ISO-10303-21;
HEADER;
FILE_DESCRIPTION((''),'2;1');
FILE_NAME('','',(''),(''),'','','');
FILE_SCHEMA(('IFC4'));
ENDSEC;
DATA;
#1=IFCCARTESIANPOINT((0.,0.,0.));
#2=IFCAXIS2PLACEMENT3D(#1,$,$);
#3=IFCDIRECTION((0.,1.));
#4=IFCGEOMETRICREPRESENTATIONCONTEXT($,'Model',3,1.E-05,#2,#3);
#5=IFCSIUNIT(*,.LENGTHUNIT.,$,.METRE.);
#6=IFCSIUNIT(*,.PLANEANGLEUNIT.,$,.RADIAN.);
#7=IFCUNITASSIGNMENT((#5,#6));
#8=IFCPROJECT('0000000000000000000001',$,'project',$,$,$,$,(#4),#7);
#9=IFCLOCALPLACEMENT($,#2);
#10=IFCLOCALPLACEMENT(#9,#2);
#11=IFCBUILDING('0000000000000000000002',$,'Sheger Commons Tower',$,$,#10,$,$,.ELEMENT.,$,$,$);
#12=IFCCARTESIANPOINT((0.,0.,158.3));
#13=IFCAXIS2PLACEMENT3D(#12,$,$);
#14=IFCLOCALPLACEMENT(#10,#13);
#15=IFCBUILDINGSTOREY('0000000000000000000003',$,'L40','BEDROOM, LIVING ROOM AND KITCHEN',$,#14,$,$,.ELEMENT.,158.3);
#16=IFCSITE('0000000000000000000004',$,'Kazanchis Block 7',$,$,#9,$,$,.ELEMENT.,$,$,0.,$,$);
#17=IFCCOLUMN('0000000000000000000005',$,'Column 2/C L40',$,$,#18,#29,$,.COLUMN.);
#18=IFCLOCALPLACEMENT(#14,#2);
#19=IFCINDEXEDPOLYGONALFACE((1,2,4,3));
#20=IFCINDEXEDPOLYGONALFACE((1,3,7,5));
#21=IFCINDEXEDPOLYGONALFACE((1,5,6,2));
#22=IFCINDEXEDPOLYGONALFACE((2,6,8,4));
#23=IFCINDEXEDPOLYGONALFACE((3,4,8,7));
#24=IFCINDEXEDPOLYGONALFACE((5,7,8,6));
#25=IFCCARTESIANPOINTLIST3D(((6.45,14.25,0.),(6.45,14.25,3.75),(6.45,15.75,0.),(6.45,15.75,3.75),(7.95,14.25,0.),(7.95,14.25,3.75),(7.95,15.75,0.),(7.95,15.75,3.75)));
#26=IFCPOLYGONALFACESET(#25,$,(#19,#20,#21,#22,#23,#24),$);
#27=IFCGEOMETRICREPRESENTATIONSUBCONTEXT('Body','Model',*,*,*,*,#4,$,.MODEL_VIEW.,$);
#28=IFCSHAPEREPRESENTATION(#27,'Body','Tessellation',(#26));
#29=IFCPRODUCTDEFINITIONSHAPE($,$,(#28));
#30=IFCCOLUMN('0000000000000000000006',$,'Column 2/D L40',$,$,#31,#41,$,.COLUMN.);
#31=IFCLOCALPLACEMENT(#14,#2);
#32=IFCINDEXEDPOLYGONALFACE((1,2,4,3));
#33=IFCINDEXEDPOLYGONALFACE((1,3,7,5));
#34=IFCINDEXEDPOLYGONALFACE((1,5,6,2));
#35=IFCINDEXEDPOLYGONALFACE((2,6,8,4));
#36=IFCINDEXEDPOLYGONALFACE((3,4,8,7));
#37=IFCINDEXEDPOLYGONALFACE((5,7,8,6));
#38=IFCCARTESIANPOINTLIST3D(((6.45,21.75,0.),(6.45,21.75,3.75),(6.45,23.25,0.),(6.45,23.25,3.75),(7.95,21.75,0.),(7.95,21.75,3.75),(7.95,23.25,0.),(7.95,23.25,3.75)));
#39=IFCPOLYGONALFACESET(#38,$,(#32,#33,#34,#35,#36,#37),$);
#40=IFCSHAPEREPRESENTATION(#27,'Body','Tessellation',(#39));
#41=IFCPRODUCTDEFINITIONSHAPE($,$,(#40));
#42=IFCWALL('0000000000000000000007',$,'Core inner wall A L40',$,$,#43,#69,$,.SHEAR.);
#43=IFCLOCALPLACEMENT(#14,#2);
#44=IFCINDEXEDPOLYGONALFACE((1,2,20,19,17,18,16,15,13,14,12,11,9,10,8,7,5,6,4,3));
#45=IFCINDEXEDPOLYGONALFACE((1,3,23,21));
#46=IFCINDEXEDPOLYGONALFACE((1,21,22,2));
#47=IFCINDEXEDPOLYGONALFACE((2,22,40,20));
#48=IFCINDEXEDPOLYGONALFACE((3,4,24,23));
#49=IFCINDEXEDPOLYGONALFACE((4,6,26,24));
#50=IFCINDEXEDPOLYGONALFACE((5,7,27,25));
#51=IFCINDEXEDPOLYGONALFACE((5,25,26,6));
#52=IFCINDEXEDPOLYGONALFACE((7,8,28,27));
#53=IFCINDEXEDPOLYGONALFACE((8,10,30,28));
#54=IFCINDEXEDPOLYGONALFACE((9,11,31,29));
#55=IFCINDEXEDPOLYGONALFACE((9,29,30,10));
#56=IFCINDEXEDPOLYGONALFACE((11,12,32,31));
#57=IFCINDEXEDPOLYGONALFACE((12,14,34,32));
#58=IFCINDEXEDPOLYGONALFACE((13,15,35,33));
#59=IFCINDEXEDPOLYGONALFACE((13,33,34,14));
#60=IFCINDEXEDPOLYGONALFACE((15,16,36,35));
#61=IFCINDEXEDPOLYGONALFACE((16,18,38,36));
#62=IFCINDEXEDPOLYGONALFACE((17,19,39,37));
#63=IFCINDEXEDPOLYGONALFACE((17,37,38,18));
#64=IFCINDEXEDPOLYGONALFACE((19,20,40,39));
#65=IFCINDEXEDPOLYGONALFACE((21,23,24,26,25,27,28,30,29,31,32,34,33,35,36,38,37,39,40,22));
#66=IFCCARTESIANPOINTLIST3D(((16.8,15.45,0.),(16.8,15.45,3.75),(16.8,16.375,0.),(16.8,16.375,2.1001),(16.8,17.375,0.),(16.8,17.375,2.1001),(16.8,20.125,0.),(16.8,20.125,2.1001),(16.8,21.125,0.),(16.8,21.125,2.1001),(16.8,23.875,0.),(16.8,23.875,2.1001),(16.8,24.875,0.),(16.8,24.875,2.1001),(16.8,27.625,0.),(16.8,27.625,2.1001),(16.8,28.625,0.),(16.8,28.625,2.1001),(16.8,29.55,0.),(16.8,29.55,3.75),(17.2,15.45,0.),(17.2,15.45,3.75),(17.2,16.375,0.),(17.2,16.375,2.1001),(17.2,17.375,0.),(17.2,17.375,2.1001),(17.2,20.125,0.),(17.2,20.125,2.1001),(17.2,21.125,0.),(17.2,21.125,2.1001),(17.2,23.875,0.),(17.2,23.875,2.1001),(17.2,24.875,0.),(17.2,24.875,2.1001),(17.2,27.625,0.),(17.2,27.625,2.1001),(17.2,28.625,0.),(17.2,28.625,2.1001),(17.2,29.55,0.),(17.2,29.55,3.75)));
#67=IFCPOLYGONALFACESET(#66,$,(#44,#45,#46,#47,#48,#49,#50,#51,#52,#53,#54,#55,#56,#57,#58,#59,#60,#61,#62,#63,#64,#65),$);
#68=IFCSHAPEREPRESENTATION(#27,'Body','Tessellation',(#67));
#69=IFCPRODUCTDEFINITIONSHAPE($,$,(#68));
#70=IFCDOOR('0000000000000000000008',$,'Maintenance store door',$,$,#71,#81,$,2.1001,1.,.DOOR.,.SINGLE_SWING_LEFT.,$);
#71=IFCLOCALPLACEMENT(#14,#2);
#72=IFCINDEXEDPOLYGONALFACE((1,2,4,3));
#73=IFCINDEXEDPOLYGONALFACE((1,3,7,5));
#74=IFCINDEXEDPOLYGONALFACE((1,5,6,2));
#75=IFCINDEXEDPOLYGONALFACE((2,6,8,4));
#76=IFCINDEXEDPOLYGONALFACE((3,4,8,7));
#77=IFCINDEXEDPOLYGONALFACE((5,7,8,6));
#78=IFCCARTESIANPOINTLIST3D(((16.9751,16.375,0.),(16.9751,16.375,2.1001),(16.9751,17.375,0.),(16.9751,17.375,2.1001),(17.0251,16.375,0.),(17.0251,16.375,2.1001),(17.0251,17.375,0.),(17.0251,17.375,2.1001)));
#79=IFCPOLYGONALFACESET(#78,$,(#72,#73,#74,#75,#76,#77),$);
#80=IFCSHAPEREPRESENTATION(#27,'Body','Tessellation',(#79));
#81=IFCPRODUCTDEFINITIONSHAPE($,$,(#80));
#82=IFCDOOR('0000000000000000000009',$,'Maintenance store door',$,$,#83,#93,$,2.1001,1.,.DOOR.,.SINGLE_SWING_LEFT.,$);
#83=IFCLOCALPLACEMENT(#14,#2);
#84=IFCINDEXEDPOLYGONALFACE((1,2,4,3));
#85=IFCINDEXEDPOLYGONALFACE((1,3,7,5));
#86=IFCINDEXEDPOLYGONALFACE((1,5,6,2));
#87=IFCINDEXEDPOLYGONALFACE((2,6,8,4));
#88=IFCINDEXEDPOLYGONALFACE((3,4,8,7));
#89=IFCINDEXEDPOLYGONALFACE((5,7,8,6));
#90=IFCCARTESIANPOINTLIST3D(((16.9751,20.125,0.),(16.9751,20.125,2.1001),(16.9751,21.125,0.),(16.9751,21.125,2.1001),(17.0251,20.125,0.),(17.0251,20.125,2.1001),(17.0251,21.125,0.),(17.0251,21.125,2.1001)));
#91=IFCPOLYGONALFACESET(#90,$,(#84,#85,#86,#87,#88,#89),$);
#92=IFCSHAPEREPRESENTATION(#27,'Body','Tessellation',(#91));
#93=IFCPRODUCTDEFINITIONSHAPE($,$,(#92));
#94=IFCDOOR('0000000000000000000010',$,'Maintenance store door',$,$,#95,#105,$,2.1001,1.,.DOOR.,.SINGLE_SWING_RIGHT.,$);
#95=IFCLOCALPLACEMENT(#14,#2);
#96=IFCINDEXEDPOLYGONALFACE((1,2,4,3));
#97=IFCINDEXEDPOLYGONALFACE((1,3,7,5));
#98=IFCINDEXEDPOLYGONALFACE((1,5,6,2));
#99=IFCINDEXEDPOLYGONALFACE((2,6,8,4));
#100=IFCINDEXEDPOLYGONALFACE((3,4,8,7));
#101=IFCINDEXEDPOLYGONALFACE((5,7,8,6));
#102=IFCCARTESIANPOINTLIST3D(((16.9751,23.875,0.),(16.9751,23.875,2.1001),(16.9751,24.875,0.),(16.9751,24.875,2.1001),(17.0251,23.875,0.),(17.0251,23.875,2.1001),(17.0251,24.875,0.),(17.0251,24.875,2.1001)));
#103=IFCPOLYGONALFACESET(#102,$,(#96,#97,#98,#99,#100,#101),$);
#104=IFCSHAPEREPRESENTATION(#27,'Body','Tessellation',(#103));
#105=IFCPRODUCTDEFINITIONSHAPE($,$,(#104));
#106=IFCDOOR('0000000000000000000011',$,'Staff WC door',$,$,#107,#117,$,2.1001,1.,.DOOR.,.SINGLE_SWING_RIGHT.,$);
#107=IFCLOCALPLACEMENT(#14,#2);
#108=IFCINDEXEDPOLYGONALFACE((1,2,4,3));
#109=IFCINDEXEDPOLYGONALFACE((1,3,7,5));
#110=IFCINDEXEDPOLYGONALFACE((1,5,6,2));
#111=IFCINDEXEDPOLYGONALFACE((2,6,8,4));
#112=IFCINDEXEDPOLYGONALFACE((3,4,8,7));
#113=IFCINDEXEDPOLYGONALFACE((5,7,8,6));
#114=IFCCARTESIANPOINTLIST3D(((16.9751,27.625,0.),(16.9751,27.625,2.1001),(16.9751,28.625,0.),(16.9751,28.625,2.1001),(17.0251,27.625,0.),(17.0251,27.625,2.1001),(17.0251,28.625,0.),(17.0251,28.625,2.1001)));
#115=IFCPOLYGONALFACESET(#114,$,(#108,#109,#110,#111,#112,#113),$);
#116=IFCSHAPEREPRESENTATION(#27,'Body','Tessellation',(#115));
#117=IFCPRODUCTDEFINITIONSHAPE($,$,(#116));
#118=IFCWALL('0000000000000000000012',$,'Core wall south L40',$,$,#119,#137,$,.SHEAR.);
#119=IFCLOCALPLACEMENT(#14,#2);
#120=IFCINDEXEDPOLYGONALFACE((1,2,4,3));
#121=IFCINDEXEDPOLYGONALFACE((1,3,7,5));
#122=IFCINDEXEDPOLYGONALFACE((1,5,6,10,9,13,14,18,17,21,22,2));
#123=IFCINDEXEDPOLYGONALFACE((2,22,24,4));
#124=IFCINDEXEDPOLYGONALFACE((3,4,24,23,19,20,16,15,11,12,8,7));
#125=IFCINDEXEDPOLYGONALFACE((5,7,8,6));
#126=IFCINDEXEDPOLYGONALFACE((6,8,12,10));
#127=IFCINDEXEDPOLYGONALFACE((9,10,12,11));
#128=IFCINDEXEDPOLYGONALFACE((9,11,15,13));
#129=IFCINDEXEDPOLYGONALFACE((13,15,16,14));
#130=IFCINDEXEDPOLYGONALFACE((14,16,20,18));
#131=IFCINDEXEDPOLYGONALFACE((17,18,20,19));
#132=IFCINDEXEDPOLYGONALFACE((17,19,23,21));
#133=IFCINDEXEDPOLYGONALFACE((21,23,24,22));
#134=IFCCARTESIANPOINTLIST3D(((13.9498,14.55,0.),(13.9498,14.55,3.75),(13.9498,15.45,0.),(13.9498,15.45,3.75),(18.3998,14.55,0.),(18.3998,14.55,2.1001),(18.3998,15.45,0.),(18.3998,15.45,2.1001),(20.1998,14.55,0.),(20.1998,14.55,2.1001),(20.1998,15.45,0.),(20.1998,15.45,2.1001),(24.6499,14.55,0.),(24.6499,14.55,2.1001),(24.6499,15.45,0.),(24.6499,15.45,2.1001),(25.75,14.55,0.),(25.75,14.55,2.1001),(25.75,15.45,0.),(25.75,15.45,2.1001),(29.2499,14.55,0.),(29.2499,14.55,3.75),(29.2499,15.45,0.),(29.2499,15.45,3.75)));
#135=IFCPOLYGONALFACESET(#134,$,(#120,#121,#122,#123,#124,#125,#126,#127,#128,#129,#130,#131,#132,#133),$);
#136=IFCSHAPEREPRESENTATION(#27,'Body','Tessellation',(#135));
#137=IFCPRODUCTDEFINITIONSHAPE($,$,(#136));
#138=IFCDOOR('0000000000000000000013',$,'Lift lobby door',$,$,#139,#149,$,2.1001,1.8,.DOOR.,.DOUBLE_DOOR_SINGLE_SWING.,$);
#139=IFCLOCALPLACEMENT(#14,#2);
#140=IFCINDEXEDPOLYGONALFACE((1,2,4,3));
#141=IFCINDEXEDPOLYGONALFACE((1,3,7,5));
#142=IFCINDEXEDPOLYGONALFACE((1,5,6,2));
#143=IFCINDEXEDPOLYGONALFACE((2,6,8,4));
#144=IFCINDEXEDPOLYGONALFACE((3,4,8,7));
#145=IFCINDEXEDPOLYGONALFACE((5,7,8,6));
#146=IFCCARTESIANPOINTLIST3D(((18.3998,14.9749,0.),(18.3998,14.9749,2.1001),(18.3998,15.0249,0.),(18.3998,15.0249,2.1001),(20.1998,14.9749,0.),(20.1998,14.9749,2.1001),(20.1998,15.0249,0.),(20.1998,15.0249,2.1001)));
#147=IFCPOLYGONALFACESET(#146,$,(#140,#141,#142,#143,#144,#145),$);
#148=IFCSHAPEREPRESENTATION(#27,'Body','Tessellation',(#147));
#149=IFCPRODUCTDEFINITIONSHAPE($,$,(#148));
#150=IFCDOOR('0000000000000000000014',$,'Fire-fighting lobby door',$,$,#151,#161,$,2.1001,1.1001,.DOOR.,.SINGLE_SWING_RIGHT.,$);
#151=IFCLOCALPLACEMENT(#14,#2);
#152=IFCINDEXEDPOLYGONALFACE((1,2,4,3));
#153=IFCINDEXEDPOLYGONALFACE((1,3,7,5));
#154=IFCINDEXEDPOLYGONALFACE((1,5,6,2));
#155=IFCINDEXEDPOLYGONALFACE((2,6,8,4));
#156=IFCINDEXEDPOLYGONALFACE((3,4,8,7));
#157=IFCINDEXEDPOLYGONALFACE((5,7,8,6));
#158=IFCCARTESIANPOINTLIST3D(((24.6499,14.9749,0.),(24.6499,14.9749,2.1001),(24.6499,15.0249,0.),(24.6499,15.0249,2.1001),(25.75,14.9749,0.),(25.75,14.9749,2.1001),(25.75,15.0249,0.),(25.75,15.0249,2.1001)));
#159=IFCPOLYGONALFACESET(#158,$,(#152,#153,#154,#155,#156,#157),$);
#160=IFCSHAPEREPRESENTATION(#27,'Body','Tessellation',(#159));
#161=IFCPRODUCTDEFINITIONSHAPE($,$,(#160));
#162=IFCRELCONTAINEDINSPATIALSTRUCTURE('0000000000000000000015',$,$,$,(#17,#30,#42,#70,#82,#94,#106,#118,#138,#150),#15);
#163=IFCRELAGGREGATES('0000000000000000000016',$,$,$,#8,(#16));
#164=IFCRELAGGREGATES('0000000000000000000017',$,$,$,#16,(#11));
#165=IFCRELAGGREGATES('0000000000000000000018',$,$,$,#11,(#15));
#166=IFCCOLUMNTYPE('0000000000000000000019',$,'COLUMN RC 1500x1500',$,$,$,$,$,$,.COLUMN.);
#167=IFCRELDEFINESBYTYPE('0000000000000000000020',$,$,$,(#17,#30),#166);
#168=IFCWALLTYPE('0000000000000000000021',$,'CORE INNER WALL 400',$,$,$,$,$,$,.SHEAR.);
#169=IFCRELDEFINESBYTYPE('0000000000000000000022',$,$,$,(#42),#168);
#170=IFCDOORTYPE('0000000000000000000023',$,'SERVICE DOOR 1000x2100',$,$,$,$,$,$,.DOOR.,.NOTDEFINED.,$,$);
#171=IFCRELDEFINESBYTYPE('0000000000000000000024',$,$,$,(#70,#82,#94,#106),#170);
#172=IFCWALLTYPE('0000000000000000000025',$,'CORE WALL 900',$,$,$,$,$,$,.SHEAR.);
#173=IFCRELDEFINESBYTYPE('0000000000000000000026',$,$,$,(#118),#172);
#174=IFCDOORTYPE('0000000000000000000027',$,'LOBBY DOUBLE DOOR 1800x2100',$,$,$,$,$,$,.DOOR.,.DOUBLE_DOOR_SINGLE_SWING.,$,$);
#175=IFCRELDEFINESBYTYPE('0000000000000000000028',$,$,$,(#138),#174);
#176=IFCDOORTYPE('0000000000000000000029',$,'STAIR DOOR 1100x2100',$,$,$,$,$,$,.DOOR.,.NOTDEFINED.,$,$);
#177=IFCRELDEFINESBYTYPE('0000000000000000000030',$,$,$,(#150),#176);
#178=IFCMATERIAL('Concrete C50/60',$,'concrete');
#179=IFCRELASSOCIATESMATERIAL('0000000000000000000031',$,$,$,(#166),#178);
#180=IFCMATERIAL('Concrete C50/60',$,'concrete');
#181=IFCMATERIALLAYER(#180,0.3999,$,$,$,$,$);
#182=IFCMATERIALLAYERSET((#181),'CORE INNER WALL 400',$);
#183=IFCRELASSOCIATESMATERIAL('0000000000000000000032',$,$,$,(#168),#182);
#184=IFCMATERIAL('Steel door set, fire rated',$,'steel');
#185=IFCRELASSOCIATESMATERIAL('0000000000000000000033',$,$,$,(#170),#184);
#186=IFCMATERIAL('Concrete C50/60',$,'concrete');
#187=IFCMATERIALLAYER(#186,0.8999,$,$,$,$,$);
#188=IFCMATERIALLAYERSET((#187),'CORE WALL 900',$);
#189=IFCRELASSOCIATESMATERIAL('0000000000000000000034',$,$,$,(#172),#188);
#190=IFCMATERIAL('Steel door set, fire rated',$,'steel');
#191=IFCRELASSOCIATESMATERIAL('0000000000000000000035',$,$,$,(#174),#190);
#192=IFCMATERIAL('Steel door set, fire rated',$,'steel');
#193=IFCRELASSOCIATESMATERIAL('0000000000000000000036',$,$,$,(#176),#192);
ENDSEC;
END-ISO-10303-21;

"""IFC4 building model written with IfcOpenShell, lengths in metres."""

from ifc_helpers import new_model, si_unit, direction, frame, frame_2d, origin, origin_2d, place, context, subcontext, project, spatial, rectangle, extrude, material, layer, layer_set, material_profile, profile_set, type_object, element, fill, save


model = new_model("IFC4")

# Units and contexts
model_context = context("Model", 3, precision=1e-05, world=origin(), true_north=direction((0.0, 1.0)))
body_context = subcontext(model_context, "Body", "Model", "MODEL_VIEW")
ifc_project = project(units=[si_unit("LENGTHUNIT", "METRE"), si_unit("PLANEANGLEUNIT", "RADIAN")], contexts=[model_context])

# Site, building, storey
site_placement = place(None, origin())
site = spatial("IfcSite", under=ifc_project, at=site_placement, Name="Kazanchis Block 7", CompositionType="ELEMENT", RefElevation=0.0)
building_placement = place(site_placement, origin())
building = spatial("IfcBuilding", under=site, at=building_placement, Name="Sheger Commons Tower", CompositionType="ELEMENT")
storey_placement = place(building_placement, frame((0.0, 0.0, 158.3)))
storey = spatial("IfcBuildingStorey", under=building, at=storey_placement, Name="L40", Description="BEDROOM, LIVING ROOM AND KITCHEN", CompositionType="ELEMENT", Elevation=158.3)

# Columns
ifc_material_1 = material(Name="Concrete C50/60", Category="concrete")
ifc_material_profile = material_profile(ifc_material_1, rectangle(XDim=1.5, YDim=1.5, at=origin_2d()), Name="RC 1500x1500")
ifc_profile_set = profile_set([ifc_material_profile], Name="Concrete C50/60")
column_type = type_object("IfcColumnType", Name="COLUMN RC 1500x1500", PredefinedType="COLUMN", material=ifc_profile_set)
for number, where, z_axis, x_axis, name in (
    (1, (7.2, 15.0, 0.0), (0.0, 0.0, 1.0), (1.0, 0.0, 0.0), "Column 2/C L40"),
    (2, (7.2, 22.5, 0.0), (0.0, 0.0, 1.0), (1.0, 0.0, 0.0), "Column 2/D L40"),
):
    element("IfcColumn", number, at=place(storey_placement, frame(where, z_axis=z_axis, x_axis=x_axis)), inside=storey, type_object=column_type, Name=name, PredefinedType="COLUMN", context=body_context, shape_type="SweptSolid", body=[
        extrude(rectangle(XDim=1.5, YDim=1.5, at=origin_2d()), origin(), (0.0, 0.0, 1.0), 3.75),
    ])

# Walls, openings, doors
ifc_material_2 = material(Name="Concrete C50/60", Category="concrete")
ifc_layer_1 = layer(ifc_material_2, 0.3999)
ifc_layer_set_1 = layer_set([ifc_layer_1], Name="CORE INNER WALL 400")
wall_type_1 = type_object("IfcWallType", Name="CORE INNER WALL 400", PredefinedType="SHEAR", material=ifc_layer_set_1)
wall_1_placement = place(storey_placement, frame((17.0, 15.45, 0.0), z_axis=(0.0, 0.0, 1.0), x_axis=(0.0, 1.0, 0.0)))
wall_1 = element("IfcWall", 3, at=wall_1_placement, inside=storey, type_object=wall_type_1, Name="Core inner wall A L40", PredefinedType="SHEAR", context=body_context, shape_type="SweptSolid", body=[
    extrude(rectangle(XDim=14.1001, YDim=0.3999, at=frame_2d((7.05, 0.0))), origin(), (0.0, 0.0, 1.0), 3.75),
])
opening_1_placement = place(wall_1_placement, frame((0.925, 0.0, 0.0)))
opening_1 = element("IfcOpeningElement", 4, at=opening_1_placement, cuts=wall_1, PredefinedType="OPENING", context=body_context, shape_type="SweptSolid", body=[
    extrude(rectangle(XDim=1.0, YDim=2.1001, at=frame_2d((0.5, 1.05))), frame((0.0, 0.21, 0.0), z_axis=(0.0, -1.0, 0.0), x_axis=(1.0, 0.0, 0.0)), (0.0, 0.0, 1.0), 0.4199),
])
opening_2_placement = place(wall_1_placement, frame((4.675, 0.0, 0.0)))
opening_2 = element("IfcOpeningElement", 5, at=opening_2_placement, cuts=wall_1, PredefinedType="OPENING", context=body_context, shape_type="SweptSolid", body=[
    extrude(rectangle(XDim=1.0, YDim=2.1001, at=frame_2d((0.5, 1.05))), frame((0.0, 0.21, 0.0), z_axis=(0.0, -1.0, 0.0), x_axis=(1.0, 0.0, 0.0)), (0.0, 0.0, 1.0), 0.4199),
])
opening_3_placement = place(wall_1_placement, frame((8.425, 0.0, 0.0)))
opening_3 = element("IfcOpeningElement", 6, at=opening_3_placement, cuts=wall_1, PredefinedType="OPENING", context=body_context, shape_type="SweptSolid", body=[
    extrude(rectangle(XDim=1.0, YDim=2.1001, at=frame_2d((0.5, 1.05))), frame((0.0, 0.21, 0.0), z_axis=(0.0, -1.0, 0.0), x_axis=(1.0, 0.0, 0.0)), (0.0, 0.0, 1.0), 0.4199),
])
opening_4_placement = place(wall_1_placement, frame((12.175, 0.0, 0.0)))
opening_4 = element("IfcOpeningElement", 7, at=opening_4_placement, cuts=wall_1, PredefinedType="OPENING", context=body_context, shape_type="SweptSolid", body=[
    extrude(rectangle(XDim=1.0, YDim=2.1001, at=frame_2d((0.5, 1.05))), frame((0.0, 0.21, 0.0), z_axis=(0.0, -1.0, 0.0), x_axis=(1.0, 0.0, 0.0)), (0.0, 0.0, 1.0), 0.4199),
])
ifc_material_3 = material(Name="Steel door set, fire rated", Category="steel")
door_type_1 = type_object("IfcDoorType", Name="SERVICE DOOR 1000x2100", OperationType="NOTDEFINED", PredefinedType="DOOR", material=ifc_material_3)
door_1_placement = place(opening_1_placement, origin())
door_1 = element("IfcDoor", 8, at=door_1_placement, inside=storey, type_object=door_type_1, Name="Maintenance store door", OperationType="SINGLE_SWING_LEFT", OverallHeight=2.1001, OverallWidth=1.0, PredefinedType="DOOR", context=body_context, shape_type="SweptSolid", body=[
    extrude(rectangle(XDim=1.0, YDim=2.1001, at=frame_2d((0.5, 1.05))), frame((0.0, 0.0249, 0.0), z_axis=(0.0, -1.0, 0.0), x_axis=(1.0, 0.0, 0.0)), (0.0, 0.0, 1.0), 0.05),
])
fill(opening_1, door_1)
door_2_placement = place(opening_2_placement, origin())
door_2 = element("IfcDoor", 9, at=door_2_placement, inside=storey, type_object=door_type_1, Name="Maintenance store door", OperationType="SINGLE_SWING_LEFT", OverallHeight=2.1001, OverallWidth=1.0, PredefinedType="DOOR", context=body_context, shape_type="SweptSolid", body=[
    extrude(rectangle(XDim=1.0, YDim=2.1001, at=frame_2d((0.5, 1.05))), frame((0.0, 0.0249, 0.0), z_axis=(0.0, -1.0, 0.0), x_axis=(1.0, 0.0, 0.0)), (0.0, 0.0, 1.0), 0.05),
])
fill(opening_2, door_2)
door_3_placement = place(opening_3_placement, origin())
door_3 = element("IfcDoor", 10, at=door_3_placement, inside=storey, type_object=door_type_1, Name="Maintenance store door", OperationType="SINGLE_SWING_RIGHT", OverallHeight=2.1001, OverallWidth=1.0, PredefinedType="DOOR", context=body_context, shape_type="SweptSolid", body=[
    extrude(rectangle(XDim=1.0, YDim=2.1001, at=frame_2d((0.5, 1.05))), frame((0.0, 0.0249, 0.0), z_axis=(0.0, -1.0, 0.0), x_axis=(1.0, 0.0, 0.0)), (0.0, 0.0, 1.0), 0.05),
])
fill(opening_3, door_3)
door_4_placement = place(opening_4_placement, origin())
door_4 = element("IfcDoor", 11, at=door_4_placement, inside=storey, type_object=door_type_1, Name="Staff WC door", OperationType="SINGLE_SWING_RIGHT", OverallHeight=2.1001, OverallWidth=1.0, PredefinedType="DOOR", context=body_context, shape_type="SweptSolid", body=[
    extrude(rectangle(XDim=1.0, YDim=2.1001, at=frame_2d((0.5, 1.05))), frame((0.0, 0.0249, 0.0), z_axis=(0.0, -1.0, 0.0), x_axis=(1.0, 0.0, 0.0)), (0.0, 0.0, 1.0), 0.05),
])
fill(opening_4, door_4)
ifc_material_4 = material(Name="Concrete C50/60", Category="concrete")
ifc_layer_2 = layer(ifc_material_4, 0.8999)
ifc_layer_set_2 = layer_set([ifc_layer_2], Name="CORE WALL 900")
wall_type_2 = type_object("IfcWallType", Name="CORE WALL 900", PredefinedType="SHEAR", material=ifc_layer_set_2)
wall_2_placement = place(storey_placement, frame((13.95, 15.0, 0.0), z_axis=(0.0, 0.0, 1.0), x_axis=(1.0, 0.0, 0.0)))
wall_2 = element("IfcWall", 12, at=wall_2_placement, inside=storey, type_object=wall_type_2, Name="Core wall south L40", PredefinedType="SHEAR", context=body_context, shape_type="SweptSolid", body=[
    extrude(rectangle(XDim=15.3, YDim=0.8999, at=frame_2d((7.6499, 0.0))), origin(), (0.0, 0.0, 1.0), 3.75),
])
opening_5_placement = place(wall_2_placement, frame((4.45, 0.0, 0.0)))
opening_5 = element("IfcOpeningElement", 13, at=opening_5_placement, cuts=wall_2, PredefinedType="OPENING", context=body_context, shape_type="SweptSolid", body=[
    extrude(rectangle(XDim=1.8, YDim=2.1001, at=frame_2d((0.8999, 1.05))), frame((0.0, 0.46, 0.0), z_axis=(0.0, -1.0, 0.0), x_axis=(1.0, 0.0, 0.0)), (0.0, 0.0, 1.0), 0.9199),
])
opening_6_placement = place(wall_2_placement, frame((10.7, 0.0, 0.0)))
opening_6 = element("IfcOpeningElement", 14, at=opening_6_placement, cuts=wall_2, PredefinedType="OPENING", context=body_context, shape_type="SweptSolid", body=[
    extrude(rectangle(XDim=1.1001, YDim=2.1001, at=frame_2d((0.55, 1.05))), frame((0.0, 0.46, 0.0), z_axis=(0.0, -1.0, 0.0), x_axis=(1.0, 0.0, 0.0)), (0.0, 0.0, 1.0), 0.9199),
])
ifc_material_5 = material(Name="Steel door set, fire rated", Category="steel")
door_type_2 = type_object("IfcDoorType", Name="LOBBY DOUBLE DOOR 1800x2100", OperationType="DOUBLE_DOOR_SINGLE_SWING", PredefinedType="DOOR", material=ifc_material_5)
door_5_placement = place(opening_5_placement, origin())
door_5 = element("IfcDoor", 15, at=door_5_placement, inside=storey, type_object=door_type_2, Name="Lift lobby door", OperationType="DOUBLE_DOOR_SINGLE_SWING", OverallHeight=2.1001, OverallWidth=1.8, PredefinedType="DOOR", context=body_context, shape_type="SweptSolid", body=[
    extrude(rectangle(XDim=1.8, YDim=2.1001, at=frame_2d((0.8999, 1.05))), frame((0.0, 0.0249, 0.0), z_axis=(0.0, -1.0, 0.0), x_axis=(1.0, 0.0, 0.0)), (0.0, 0.0, 1.0), 0.05),
])
fill(opening_5, door_5)
ifc_material_6 = material(Name="Steel door set, fire rated", Category="steel")
door_type_3 = type_object("IfcDoorType", Name="STAIR DOOR 1100x2100", OperationType="NOTDEFINED", PredefinedType="DOOR", material=ifc_material_6)
door_6_placement = place(opening_6_placement, origin())
door_6 = element("IfcDoor", 16, at=door_6_placement, inside=storey, type_object=door_type_3, Name="Fire-fighting lobby door", OperationType="SINGLE_SWING_RIGHT", OverallHeight=2.1001, OverallWidth=1.1001, PredefinedType="DOOR", context=body_context, shape_type="SweptSolid", body=[
    extrude(rectangle(XDim=1.1001, YDim=2.1001, at=frame_2d((0.55, 1.05))), frame((0.0, 0.0249, 0.0), z_axis=(0.0, -1.0, 0.0), x_axis=(1.0, 0.0, 0.0)), (0.0, 0.0, 1.0), 0.05),
])
fill(opening_6, door_6)

save(model, "model.ifc")
